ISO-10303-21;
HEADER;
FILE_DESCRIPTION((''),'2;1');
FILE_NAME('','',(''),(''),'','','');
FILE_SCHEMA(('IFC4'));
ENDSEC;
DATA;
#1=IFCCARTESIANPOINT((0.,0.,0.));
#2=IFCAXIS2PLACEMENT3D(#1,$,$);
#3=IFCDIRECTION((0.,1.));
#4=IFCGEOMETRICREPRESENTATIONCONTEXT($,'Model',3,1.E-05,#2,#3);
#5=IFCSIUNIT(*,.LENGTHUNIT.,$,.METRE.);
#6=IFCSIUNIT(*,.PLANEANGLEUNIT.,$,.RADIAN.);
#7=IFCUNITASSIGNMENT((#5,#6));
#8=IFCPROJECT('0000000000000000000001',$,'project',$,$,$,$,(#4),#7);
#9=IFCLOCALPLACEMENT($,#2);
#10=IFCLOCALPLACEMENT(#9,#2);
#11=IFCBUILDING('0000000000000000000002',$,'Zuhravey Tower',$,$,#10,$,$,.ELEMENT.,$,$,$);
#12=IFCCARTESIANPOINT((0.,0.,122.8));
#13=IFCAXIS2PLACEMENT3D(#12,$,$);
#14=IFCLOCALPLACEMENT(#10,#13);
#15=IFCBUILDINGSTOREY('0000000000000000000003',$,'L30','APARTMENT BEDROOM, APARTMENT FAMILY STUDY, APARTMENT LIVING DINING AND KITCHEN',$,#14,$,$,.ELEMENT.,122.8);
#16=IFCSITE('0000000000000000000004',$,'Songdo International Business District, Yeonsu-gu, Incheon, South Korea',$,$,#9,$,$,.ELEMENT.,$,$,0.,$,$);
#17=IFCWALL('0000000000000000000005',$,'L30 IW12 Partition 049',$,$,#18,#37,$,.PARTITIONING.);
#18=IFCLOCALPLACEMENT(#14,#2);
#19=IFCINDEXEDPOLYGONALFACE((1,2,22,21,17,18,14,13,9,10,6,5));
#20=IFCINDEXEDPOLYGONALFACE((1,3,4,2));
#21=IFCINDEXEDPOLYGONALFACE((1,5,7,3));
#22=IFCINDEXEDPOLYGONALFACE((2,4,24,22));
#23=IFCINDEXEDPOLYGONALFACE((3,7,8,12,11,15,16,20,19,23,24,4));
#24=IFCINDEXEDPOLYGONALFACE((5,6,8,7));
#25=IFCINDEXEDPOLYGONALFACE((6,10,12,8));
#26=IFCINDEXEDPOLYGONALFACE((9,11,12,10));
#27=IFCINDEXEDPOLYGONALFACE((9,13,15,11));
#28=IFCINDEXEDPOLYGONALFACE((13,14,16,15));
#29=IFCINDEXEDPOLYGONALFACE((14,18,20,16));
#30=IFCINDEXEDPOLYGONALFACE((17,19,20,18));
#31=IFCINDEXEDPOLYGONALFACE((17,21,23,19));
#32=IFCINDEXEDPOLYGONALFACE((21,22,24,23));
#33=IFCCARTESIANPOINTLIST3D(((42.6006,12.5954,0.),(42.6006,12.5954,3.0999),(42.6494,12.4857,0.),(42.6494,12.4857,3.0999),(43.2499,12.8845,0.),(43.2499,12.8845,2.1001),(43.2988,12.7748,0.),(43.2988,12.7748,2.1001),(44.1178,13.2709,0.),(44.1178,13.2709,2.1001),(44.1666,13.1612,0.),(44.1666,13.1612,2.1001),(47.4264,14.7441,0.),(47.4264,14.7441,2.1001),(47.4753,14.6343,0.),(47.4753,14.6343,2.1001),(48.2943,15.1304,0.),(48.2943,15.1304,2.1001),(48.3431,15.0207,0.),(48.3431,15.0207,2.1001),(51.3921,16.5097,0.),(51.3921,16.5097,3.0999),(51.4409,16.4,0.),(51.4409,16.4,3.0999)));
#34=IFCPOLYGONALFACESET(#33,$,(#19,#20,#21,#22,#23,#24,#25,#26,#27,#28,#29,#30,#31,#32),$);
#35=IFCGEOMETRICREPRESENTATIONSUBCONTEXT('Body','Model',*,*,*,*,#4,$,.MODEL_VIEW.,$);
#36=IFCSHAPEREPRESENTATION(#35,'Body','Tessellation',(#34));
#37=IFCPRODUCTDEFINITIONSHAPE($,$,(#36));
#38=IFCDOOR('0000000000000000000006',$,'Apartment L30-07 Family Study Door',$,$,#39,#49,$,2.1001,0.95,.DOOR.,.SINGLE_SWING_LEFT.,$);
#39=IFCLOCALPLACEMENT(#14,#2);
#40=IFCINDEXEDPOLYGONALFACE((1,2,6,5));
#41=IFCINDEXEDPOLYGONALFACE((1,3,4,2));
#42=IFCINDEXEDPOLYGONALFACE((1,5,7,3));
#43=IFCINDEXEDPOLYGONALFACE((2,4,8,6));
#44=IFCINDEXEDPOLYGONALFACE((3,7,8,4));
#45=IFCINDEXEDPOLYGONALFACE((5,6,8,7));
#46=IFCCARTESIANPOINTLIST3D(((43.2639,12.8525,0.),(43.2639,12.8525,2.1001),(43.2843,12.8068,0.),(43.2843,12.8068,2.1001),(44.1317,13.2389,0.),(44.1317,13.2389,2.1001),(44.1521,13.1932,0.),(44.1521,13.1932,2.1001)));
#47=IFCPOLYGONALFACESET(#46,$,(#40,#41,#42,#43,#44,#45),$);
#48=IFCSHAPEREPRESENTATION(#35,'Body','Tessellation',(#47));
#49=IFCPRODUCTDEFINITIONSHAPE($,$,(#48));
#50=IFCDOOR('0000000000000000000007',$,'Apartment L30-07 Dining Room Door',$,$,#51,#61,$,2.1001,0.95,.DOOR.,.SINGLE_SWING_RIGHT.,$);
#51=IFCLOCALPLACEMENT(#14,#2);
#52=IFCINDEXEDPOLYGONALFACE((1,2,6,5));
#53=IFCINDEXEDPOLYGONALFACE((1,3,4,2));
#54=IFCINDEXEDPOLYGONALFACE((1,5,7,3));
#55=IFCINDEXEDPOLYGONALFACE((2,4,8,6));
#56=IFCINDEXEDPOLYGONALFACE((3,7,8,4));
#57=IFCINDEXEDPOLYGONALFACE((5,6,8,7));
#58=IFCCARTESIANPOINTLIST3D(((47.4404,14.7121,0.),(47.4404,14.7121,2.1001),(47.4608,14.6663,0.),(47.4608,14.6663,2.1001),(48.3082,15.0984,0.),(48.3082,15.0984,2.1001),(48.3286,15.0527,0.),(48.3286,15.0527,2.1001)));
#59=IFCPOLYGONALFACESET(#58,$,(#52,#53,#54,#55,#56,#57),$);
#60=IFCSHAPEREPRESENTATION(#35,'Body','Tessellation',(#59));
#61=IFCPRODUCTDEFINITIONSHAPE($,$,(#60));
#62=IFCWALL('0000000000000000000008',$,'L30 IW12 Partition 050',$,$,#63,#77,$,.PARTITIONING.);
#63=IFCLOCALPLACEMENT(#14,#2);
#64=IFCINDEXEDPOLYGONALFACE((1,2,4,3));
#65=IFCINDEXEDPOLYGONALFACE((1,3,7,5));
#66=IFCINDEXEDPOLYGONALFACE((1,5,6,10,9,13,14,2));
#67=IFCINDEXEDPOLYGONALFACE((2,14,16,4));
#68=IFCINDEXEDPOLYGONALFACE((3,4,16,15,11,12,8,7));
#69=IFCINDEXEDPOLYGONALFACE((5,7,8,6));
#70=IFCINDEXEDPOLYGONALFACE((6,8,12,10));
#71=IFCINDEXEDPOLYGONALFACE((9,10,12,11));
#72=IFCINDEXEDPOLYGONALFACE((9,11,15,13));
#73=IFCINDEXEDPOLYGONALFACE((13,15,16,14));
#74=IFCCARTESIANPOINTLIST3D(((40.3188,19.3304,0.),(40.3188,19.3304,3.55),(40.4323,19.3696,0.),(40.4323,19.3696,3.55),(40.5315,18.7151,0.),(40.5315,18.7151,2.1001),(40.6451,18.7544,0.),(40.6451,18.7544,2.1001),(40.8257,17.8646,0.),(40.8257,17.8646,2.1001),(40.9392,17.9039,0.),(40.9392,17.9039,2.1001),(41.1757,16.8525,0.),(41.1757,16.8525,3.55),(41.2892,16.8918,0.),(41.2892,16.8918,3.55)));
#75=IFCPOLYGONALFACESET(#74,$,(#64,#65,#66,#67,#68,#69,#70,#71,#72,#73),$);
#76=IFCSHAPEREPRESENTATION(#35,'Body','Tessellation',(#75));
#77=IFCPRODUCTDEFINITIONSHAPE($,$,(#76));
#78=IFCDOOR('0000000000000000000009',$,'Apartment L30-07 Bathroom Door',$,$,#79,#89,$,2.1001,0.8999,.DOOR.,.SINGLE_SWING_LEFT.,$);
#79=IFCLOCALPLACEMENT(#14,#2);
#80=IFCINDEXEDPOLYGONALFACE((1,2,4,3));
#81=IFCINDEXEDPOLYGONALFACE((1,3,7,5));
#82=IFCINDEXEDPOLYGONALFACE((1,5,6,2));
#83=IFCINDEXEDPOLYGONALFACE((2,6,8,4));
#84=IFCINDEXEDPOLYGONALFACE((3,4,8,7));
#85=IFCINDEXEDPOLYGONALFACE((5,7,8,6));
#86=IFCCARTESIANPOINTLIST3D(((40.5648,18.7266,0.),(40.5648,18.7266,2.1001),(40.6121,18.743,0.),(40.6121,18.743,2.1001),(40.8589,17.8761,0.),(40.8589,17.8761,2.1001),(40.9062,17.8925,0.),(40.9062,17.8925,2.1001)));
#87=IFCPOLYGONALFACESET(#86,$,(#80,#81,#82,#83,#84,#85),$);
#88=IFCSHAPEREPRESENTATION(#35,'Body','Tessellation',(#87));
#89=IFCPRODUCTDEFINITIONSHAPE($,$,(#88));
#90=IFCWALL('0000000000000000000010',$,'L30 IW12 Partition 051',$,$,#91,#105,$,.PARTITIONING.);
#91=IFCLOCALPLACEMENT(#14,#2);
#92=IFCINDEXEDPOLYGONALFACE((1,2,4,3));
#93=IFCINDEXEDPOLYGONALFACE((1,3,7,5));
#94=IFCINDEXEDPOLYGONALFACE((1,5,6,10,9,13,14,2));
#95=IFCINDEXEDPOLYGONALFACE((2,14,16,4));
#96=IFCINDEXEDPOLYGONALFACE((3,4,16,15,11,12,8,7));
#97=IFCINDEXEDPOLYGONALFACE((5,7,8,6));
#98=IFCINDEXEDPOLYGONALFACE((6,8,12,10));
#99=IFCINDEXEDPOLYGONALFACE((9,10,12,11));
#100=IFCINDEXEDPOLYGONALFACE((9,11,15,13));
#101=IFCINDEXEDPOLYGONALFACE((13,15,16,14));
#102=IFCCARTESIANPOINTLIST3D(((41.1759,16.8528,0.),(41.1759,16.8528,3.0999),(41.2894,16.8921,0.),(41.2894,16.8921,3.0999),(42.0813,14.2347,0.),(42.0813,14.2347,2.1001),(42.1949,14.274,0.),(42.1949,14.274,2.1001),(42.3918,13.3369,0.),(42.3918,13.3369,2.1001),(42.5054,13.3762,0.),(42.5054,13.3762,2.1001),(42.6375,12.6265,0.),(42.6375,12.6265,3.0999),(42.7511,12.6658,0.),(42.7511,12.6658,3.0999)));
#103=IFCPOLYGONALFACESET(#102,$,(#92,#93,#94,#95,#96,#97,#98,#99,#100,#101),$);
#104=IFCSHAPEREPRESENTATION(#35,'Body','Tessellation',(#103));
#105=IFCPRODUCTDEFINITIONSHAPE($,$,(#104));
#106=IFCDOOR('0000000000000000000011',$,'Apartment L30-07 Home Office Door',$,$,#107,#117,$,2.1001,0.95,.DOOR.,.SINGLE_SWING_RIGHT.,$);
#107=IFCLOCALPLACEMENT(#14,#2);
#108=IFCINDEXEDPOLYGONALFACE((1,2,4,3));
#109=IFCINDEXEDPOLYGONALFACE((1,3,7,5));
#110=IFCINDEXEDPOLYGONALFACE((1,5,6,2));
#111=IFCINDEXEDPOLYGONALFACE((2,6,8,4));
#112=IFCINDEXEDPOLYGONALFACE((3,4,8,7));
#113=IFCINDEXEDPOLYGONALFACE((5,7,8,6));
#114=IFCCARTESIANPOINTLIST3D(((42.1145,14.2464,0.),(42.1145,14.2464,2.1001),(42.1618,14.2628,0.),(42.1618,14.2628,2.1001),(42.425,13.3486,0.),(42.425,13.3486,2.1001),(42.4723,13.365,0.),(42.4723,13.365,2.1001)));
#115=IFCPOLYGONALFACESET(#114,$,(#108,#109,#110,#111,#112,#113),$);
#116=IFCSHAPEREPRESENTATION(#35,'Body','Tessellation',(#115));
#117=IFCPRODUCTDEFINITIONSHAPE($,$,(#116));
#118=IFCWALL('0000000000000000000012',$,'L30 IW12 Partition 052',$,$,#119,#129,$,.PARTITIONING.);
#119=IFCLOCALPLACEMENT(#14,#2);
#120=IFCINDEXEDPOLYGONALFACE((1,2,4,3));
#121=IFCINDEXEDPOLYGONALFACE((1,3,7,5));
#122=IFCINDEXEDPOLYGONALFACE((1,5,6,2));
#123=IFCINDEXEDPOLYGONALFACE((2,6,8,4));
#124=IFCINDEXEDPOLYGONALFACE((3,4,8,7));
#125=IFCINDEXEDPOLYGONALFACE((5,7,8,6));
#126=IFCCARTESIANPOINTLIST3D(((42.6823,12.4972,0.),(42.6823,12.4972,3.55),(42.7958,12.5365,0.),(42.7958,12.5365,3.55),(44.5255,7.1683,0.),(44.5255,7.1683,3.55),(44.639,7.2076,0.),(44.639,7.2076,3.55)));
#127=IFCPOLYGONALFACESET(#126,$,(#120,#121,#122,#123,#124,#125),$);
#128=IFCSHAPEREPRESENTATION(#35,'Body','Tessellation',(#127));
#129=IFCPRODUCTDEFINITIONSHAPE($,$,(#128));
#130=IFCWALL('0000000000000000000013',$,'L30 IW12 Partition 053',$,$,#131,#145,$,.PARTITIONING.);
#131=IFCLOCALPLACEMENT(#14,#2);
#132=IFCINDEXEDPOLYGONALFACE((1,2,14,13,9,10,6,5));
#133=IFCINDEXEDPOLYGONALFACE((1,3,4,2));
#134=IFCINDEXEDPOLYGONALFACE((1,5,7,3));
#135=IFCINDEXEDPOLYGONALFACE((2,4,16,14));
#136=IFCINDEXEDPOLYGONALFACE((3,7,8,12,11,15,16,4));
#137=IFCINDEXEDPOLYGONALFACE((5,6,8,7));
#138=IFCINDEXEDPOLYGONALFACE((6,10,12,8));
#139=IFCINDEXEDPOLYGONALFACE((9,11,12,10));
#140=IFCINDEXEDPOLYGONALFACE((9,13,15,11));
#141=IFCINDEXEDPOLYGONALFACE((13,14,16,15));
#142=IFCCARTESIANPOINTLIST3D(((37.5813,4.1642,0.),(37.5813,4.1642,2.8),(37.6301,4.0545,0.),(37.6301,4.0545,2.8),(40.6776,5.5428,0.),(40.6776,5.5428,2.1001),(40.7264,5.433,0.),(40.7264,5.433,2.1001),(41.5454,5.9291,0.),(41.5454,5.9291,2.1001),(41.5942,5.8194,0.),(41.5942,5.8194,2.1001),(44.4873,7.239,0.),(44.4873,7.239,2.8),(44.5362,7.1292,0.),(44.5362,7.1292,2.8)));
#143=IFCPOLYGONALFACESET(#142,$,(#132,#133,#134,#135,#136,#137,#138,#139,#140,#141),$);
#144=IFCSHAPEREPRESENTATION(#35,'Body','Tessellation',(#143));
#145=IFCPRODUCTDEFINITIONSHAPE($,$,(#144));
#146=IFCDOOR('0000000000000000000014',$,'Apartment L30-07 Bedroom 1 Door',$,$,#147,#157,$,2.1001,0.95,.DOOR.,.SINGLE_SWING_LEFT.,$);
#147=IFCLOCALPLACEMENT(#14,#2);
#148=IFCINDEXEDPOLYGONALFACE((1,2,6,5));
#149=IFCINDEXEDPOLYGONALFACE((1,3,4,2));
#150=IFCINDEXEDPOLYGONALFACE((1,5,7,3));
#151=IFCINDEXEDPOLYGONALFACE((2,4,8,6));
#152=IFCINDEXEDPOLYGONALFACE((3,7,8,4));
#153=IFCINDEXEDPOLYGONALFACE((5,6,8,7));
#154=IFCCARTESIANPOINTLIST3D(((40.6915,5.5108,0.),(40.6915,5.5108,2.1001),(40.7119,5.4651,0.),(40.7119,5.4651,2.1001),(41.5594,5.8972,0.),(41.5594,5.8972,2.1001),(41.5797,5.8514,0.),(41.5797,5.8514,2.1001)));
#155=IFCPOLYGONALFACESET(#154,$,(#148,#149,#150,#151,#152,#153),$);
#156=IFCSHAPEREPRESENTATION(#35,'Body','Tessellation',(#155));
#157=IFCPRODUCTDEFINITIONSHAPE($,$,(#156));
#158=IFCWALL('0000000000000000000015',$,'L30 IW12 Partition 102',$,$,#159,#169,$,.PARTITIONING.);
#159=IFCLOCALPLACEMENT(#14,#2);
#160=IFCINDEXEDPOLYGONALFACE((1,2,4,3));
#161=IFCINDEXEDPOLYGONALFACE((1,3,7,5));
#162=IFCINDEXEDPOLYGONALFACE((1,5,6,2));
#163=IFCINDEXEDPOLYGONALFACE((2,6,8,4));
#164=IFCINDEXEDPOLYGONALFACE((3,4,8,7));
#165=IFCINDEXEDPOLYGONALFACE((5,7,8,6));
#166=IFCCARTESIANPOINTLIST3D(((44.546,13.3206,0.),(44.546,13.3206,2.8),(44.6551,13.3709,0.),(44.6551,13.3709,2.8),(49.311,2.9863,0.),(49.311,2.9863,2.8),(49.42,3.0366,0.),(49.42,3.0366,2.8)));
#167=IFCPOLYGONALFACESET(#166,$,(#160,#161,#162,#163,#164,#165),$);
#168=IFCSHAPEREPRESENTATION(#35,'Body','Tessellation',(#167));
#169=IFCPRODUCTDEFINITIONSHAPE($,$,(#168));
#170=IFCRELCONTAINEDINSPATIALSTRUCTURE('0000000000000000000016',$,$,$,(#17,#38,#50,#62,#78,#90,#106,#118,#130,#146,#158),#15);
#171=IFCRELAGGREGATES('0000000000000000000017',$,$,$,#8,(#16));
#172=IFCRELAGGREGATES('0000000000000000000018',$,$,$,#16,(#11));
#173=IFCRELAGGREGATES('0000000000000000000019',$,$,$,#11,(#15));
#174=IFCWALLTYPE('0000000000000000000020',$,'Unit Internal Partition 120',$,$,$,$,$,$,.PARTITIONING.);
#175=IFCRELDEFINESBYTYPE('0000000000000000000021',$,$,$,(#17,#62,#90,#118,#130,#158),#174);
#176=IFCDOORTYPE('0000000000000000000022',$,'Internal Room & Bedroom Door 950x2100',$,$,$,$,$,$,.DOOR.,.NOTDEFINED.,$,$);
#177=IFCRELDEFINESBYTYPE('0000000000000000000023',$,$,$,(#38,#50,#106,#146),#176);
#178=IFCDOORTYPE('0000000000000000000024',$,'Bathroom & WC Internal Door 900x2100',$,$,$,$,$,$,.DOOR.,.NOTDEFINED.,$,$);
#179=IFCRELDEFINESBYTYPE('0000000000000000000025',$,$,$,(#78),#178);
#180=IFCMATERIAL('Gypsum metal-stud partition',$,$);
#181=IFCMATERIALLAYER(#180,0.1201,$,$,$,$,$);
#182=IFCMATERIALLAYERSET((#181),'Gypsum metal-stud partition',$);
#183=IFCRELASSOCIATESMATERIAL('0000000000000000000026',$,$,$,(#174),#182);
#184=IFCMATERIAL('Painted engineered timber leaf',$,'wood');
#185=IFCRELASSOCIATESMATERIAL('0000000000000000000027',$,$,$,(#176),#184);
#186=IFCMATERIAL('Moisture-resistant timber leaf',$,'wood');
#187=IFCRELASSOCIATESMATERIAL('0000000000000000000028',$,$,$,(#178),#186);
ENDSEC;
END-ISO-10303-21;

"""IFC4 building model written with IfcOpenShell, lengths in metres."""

from ifc_helpers import new_model, si_unit, direction, frame, frame_2d, origin, place, context, subcontext, project, spatial, rectangle, extrude, material, layer, layer_set, type_object, element, fill, save


model = new_model("IFC4")

# Units and contexts
model_context = context("Model", 3, precision=1e-05, world=origin(), true_north=direction((0.0, 1.0)))
body_context = subcontext(model_context, "Body", "Model", "MODEL_VIEW")
ifc_project = project(units=[si_unit("LENGTHUNIT", "METRE"), si_unit("PLANEANGLEUNIT", "RADIAN")], contexts=[model_context])

# Site, building, storey
site_placement = place(None, origin())
site = spatial("IfcSite", under=ifc_project, at=site_placement, Name="Songdo International Business District, Yeonsu-gu, Incheon, South Korea", CompositionType="ELEMENT", RefElevation=0.0)
building_placement = place(site_placement, origin())
building = spatial("IfcBuilding", under=site, at=building_placement, Name="Zuhravey Tower", CompositionType="ELEMENT")
storey_placement = place(building_placement, frame((0.0, 0.0, 122.8)))
storey = spatial("IfcBuildingStorey", under=building, at=storey_placement, Name="L30", Description="APARTMENT BEDROOM, APARTMENT FAMILY STUDY, APARTMENT LIVING DINING AND KITCHEN", CompositionType="ELEMENT", Elevation=122.8)

# Wall, openings, doors
ifc_material_1 = material(Name="Gypsum metal-stud partition")
ifc_layer_1 = layer(ifc_material_1, 0.1201)
ifc_layer_set_1 = layer_set([ifc_layer_1], Name="Gypsum metal-stud partition")
wall_type = type_object("IfcWallType", Name="Unit Internal Partition 120", PredefinedType="PARTITIONING", material=ifc_layer_set_1)
wall_1_placement = place(storey_placement, frame((42.625, 12.5405, 0.0), z_axis=(0.0, 0.0, 1.0), x_axis=(0.913542, 0.406743, 0.0)))
wall_1 = element("IfcWall", 1, at=wall_1_placement, inside=storey, type_object=wall_type, Name="L30 IW12 Partition 049", PredefinedType="PARTITIONING", context=body_context, shape_type="SweptSolid", body=[
    extrude(rectangle(XDim=9.6235, YDim=0.1201, at=frame_2d((4.8118, 0.0))), origin(), (0.0, 0.0, 1.0), 3.0999),
])
opening_1_placement = place(wall_1_placement, frame((0.7107, 0.0, 0.0)))
opening_1 = element("IfcOpeningElement", 2, at=opening_1_placement, cuts=wall_1, PredefinedType="OPENING", context=body_context, shape_type="SweptSolid", body=[
    extrude(rectangle(XDim=0.95, YDim=2.1001, at=frame_2d((0.4751, 1.05))), frame((0.0, 0.072, 0.0), z_axis=(0.0, -1.0, 0.0), x_axis=(1.0, 0.0, 0.0)), (0.0, 0.0, 1.0), 0.144),
])
opening_2_placement = place(wall_1_placement, frame((5.2825, 0.0, 0.0)))
opening_2 = element("IfcOpeningElement", 3, at=opening_2_placement, cuts=wall_1, PredefinedType="OPENING", context=body_context, shape_type="SweptSolid", body=[
    extrude(rectangle(XDim=0.95, YDim=2.1001, at=frame_2d((0.4751, 1.05))), frame((0.0, 0.072, 0.0), z_axis=(0.0, -1.0, 0.0), x_axis=(1.0, 0.0, 0.0)), (0.0, 0.0, 1.0), 0.144),
])
ifc_material_2 = material(Name="Painted engineered timber leaf", Category="wood")
door_type_1 = type_object("IfcDoorType", Name="Internal Room & Bedroom Door 950x2100", OperationType="NOTDEFINED", PredefinedType="DOOR", material=ifc_material_2)
door_1_placement = place(opening_1_placement, frame((0.95, 0.0, 0.0), z_axis=(0.0, 0.0, 1.0), x_axis=(-1.0, 0.0, 0.0)))
door_1 = element("IfcDoor", 4, at=door_1_placement, inside=storey, type_object=door_type_1, Name="Apartment L30-07 Family Study Door", OperationType="SINGLE_SWING_LEFT", OverallHeight=2.1001, OverallWidth=0.95, PredefinedType="DOOR", context=body_context, shape_type="SweptSolid", body=[
    extrude(rectangle(XDim=0.95, YDim=2.1001, at=frame_2d((0.4751, 1.05))), frame((0.0, 0.0249, 0.0), z_axis=(0.0, -1.0, 0.0), x_axis=(1.0, 0.0, 0.0)), (0.0, 0.0, 1.0), 0.05),
])
fill(opening_1, door_1)
door_2_placement = place(opening_2_placement, frame((0.95, 0.0, 0.0), z_axis=(0.0, 0.0, 1.0), x_axis=(-1.0, 0.0, 0.0)))
door_2 = element("IfcDoor", 5, at=door_2_placement, inside=storey, type_object=door_type_1, Name="Apartment L30-07 Dining Room Door", OperationType="SINGLE_SWING_RIGHT", OverallHeight=2.1001, OverallWidth=0.95, PredefinedType="DOOR", context=body_context, shape_type="SweptSolid", body=[
    extrude(rectangle(XDim=0.95, YDim=2.1001, at=frame_2d((0.4751, 1.05))), frame((0.0, 0.0249, 0.0), z_axis=(0.0, -1.0, 0.0), x_axis=(1.0, 0.0, 0.0)), (0.0, 0.0, 1.0), 0.05),
])
fill(opening_2, door_2)

# Walls, openings, doors
wall_2_placement = place(storey_placement, frame((40.3755, 19.3501, 0.0), z_axis=(0.0, 0.0, 1.0), x_axis=(0.326851, -0.945076, 0.0)))
wall_2 = element("IfcWall", 6, at=wall_2_placement, inside=storey, type_object=wall_type, Name="L30 IW12 Partition 050", PredefinedType="PARTITIONING", context=body_context, shape_type="SweptSolid", body=[
    extrude(rectangle(XDim=2.6218, YDim=0.1201, at=frame_2d((1.311, 0.0))), origin(), (0.0, 0.0, 1.0), 3.55),
])
opening_3_placement = place(wall_2_placement, frame((0.6511, 0.0, 0.0)))
opening_3 = element("IfcOpeningElement", 7, at=opening_3_placement, cuts=wall_2, PredefinedType="OPENING", context=body_context, shape_type="SweptSolid", body=[
    extrude(rectangle(XDim=0.8999, YDim=2.1001, at=frame_2d((0.45, 1.05))), frame((0.0, 0.072, 0.0), z_axis=(0.0, -1.0, 0.0), x_axis=(1.0, 0.0, 0.0)), (0.0, 0.0, 1.0), 0.144),
])
ifc_material_3 = material(Name="Moisture-resistant timber leaf", Category="wood")
door_type_2 = type_object("IfcDoorType", Name="Bathroom & WC Internal Door 900x2100", OperationType="NOTDEFINED", PredefinedType="DOOR", material=ifc_material_3)
door_3_placement = place(opening_3_placement, frame((0.8999, 0.0, 0.0), z_axis=(0.0, 0.0, 1.0), x_axis=(-1.0, 0.0, 0.0)))
door_3 = element("IfcDoor", 8, at=door_3_placement, inside=storey, type_object=door_type_2, Name="Apartment L30-07 Bathroom Door", OperationType="SINGLE_SWING_LEFT", OverallHeight=2.1001, OverallWidth=0.8999, PredefinedType="DOOR", context=body_context, shape_type="SweptSolid", body=[
    extrude(rectangle(XDim=0.8999, YDim=2.1001, at=frame_2d((0.45, 1.05))), frame((0.0, 0.0249, 0.0), z_axis=(0.0, -1.0, 0.0), x_axis=(1.0, 0.0, 0.0)), (0.0, 0.0, 1.0), 0.05),
])
fill(opening_3, door_3)
wall_3_placement = place(storey_placement, frame((41.2327, 16.8723, 0.0), z_axis=(0.0, 0.0, 1.0), x_axis=(0.326854, -0.945075, 0.0)))
wall_3 = element("IfcWall", 9, at=wall_3_placement, inside=storey, type_object=wall_type, Name="L30 IW12 Partition 051", PredefinedType="PARTITIONING", context=body_context, shape_type="SweptSolid", body=[
    extrude(rectangle(XDim=4.4719, YDim=0.1201, at=frame_2d((2.2358, 0.0))), origin(), (0.0, 0.0, 1.0), 3.0999),
])
opening_4_placement = place(wall_3_placement, frame((2.77, 0.0, 0.0)))
opening_4 = element("IfcOpeningElement", 10, at=opening_4_placement, cuts=wall_3, PredefinedType="OPENING", context=body_context, shape_type="SweptSolid", body=[
    extrude(rectangle(XDim=0.95, YDim=2.1001, at=frame_2d((0.4751, 1.05))), frame((0.0, 0.072, 0.0), z_axis=(0.0, -1.0, 0.0), x_axis=(1.0, 0.0, 0.0)), (0.0, 0.0, 1.0), 0.144),
])
door_4_placement = place(opening_4_placement, frame((0.95, 0.0, 0.0), z_axis=(0.0, 0.0, 1.0), x_axis=(-1.0, 0.0, 0.0)))
door_4 = element("IfcDoor", 11, at=door_4_placement, inside=storey, type_object=door_type_1, Name="Apartment L30-07 Home Office Door", OperationType="SINGLE_SWING_RIGHT", OverallHeight=2.1001, OverallWidth=0.95, PredefinedType="DOOR", context=body_context, shape_type="SweptSolid", body=[
    extrude(rectangle(XDim=0.95, YDim=2.1001, at=frame_2d((0.4751, 1.05))), frame((0.0, 0.0249, 0.0), z_axis=(0.0, -1.0, 0.0), x_axis=(1.0, 0.0, 0.0)), (0.0, 0.0, 1.0), 0.05),
])
fill(opening_4, door_4)

# Wall
wall_4_placement = place(storey_placement, frame((42.739, 12.5168, 0.0), z_axis=(0.0, 0.0, 1.0), x_axis=(0.326898, -0.94506, 0.0)))
element("IfcWall", 12, at=wall_4_placement, inside=storey, type_object=wall_type, Name="L30 IW12 Partition 052", PredefinedType="PARTITIONING", context=body_context, shape_type="SweptSolid", body=[
    extrude(rectangle(XDim=5.6387, YDim=0.1201, at=frame_2d((2.8193, 0.0))), origin(), (0.0, 0.0, 1.0), 3.55),
])

# Wall, opening, door
wall_5_placement = place(storey_placement, frame((37.6057, 4.1094, 0.0), z_axis=(0.0, 0.0, 1.0), x_axis=(0.913548, 0.406732, 0.0)))
wall_5 = element("IfcWall", 13, at=wall_5_placement, inside=storey, type_object=wall_type, Name="L30 IW12 Partition 053", PredefinedType="PARTITIONING", context=body_context, shape_type="SweptSolid", body=[
    extrude(rectangle(XDim=7.5596, YDim=0.1201, at=frame_2d((3.7798, 0.0))), origin(), (0.0, 0.0, 1.0), 2.8),
])
opening_5_placement = place(wall_5_placement, frame((3.3892, 0.0, 0.0)))
opening_5 = element("IfcOpeningElement", 14, at=opening_5_placement, cuts=wall_5, PredefinedType="OPENING", context=body_context, shape_type="SweptSolid", body=[
    extrude(rectangle(XDim=0.95, YDim=2.1001, at=frame_2d((0.4751, 1.05))), frame((0.0, 0.072, 0.0), z_axis=(0.0, -1.0, 0.0), x_axis=(1.0, 0.0, 0.0)), (0.0, 0.0, 1.0), 0.144),
])
door_5_placement = place(opening_5_placement, frame((0.95, 0.0, 0.0), z_axis=(0.0, 0.0, 1.0), x_axis=(-1.0, 0.0, 0.0)))
door_5 = element("IfcDoor", 15, at=door_5_placement, inside=storey, type_object=door_type_1, Name="Apartment L30-07 Bedroom 1 Door", OperationType="SINGLE_SWING_LEFT", OverallHeight=2.1001, OverallWidth=0.95, PredefinedType="DOOR", context=body_context, shape_type="SweptSolid", body=[
    extrude(rectangle(XDim=0.95, YDim=2.1001, at=frame_2d((0.4751, 1.05))), frame((0.0, 0.0249, 0.0), z_axis=(0.0, -1.0, 0.0), x_axis=(1.0, 0.0, 0.0)), (0.0, 0.0, 1.0), 0.05),
])
fill(opening_5, door_5)

# Wall
wall_6_placement = place(storey_placement, frame((44.6006, 13.3457, 0.0), z_axis=(0.0, 0.0, 1.0), x_axis=(0.418714, -0.908118, 0.0)))
element("IfcWall", 16, at=wall_6_placement, inside=storey, type_object=wall_type, Name="L30 IW12 Partition 102", PredefinedType="PARTITIONING", context=body_context, shape_type="SweptSolid", body=[
    extrude(rectangle(XDim=11.3799, YDim=0.1201, at=frame_2d((5.6899, 0.0))), origin(), (0.0, 0.0, 1.0), 2.8),
])

save(model, "model.ifc")
